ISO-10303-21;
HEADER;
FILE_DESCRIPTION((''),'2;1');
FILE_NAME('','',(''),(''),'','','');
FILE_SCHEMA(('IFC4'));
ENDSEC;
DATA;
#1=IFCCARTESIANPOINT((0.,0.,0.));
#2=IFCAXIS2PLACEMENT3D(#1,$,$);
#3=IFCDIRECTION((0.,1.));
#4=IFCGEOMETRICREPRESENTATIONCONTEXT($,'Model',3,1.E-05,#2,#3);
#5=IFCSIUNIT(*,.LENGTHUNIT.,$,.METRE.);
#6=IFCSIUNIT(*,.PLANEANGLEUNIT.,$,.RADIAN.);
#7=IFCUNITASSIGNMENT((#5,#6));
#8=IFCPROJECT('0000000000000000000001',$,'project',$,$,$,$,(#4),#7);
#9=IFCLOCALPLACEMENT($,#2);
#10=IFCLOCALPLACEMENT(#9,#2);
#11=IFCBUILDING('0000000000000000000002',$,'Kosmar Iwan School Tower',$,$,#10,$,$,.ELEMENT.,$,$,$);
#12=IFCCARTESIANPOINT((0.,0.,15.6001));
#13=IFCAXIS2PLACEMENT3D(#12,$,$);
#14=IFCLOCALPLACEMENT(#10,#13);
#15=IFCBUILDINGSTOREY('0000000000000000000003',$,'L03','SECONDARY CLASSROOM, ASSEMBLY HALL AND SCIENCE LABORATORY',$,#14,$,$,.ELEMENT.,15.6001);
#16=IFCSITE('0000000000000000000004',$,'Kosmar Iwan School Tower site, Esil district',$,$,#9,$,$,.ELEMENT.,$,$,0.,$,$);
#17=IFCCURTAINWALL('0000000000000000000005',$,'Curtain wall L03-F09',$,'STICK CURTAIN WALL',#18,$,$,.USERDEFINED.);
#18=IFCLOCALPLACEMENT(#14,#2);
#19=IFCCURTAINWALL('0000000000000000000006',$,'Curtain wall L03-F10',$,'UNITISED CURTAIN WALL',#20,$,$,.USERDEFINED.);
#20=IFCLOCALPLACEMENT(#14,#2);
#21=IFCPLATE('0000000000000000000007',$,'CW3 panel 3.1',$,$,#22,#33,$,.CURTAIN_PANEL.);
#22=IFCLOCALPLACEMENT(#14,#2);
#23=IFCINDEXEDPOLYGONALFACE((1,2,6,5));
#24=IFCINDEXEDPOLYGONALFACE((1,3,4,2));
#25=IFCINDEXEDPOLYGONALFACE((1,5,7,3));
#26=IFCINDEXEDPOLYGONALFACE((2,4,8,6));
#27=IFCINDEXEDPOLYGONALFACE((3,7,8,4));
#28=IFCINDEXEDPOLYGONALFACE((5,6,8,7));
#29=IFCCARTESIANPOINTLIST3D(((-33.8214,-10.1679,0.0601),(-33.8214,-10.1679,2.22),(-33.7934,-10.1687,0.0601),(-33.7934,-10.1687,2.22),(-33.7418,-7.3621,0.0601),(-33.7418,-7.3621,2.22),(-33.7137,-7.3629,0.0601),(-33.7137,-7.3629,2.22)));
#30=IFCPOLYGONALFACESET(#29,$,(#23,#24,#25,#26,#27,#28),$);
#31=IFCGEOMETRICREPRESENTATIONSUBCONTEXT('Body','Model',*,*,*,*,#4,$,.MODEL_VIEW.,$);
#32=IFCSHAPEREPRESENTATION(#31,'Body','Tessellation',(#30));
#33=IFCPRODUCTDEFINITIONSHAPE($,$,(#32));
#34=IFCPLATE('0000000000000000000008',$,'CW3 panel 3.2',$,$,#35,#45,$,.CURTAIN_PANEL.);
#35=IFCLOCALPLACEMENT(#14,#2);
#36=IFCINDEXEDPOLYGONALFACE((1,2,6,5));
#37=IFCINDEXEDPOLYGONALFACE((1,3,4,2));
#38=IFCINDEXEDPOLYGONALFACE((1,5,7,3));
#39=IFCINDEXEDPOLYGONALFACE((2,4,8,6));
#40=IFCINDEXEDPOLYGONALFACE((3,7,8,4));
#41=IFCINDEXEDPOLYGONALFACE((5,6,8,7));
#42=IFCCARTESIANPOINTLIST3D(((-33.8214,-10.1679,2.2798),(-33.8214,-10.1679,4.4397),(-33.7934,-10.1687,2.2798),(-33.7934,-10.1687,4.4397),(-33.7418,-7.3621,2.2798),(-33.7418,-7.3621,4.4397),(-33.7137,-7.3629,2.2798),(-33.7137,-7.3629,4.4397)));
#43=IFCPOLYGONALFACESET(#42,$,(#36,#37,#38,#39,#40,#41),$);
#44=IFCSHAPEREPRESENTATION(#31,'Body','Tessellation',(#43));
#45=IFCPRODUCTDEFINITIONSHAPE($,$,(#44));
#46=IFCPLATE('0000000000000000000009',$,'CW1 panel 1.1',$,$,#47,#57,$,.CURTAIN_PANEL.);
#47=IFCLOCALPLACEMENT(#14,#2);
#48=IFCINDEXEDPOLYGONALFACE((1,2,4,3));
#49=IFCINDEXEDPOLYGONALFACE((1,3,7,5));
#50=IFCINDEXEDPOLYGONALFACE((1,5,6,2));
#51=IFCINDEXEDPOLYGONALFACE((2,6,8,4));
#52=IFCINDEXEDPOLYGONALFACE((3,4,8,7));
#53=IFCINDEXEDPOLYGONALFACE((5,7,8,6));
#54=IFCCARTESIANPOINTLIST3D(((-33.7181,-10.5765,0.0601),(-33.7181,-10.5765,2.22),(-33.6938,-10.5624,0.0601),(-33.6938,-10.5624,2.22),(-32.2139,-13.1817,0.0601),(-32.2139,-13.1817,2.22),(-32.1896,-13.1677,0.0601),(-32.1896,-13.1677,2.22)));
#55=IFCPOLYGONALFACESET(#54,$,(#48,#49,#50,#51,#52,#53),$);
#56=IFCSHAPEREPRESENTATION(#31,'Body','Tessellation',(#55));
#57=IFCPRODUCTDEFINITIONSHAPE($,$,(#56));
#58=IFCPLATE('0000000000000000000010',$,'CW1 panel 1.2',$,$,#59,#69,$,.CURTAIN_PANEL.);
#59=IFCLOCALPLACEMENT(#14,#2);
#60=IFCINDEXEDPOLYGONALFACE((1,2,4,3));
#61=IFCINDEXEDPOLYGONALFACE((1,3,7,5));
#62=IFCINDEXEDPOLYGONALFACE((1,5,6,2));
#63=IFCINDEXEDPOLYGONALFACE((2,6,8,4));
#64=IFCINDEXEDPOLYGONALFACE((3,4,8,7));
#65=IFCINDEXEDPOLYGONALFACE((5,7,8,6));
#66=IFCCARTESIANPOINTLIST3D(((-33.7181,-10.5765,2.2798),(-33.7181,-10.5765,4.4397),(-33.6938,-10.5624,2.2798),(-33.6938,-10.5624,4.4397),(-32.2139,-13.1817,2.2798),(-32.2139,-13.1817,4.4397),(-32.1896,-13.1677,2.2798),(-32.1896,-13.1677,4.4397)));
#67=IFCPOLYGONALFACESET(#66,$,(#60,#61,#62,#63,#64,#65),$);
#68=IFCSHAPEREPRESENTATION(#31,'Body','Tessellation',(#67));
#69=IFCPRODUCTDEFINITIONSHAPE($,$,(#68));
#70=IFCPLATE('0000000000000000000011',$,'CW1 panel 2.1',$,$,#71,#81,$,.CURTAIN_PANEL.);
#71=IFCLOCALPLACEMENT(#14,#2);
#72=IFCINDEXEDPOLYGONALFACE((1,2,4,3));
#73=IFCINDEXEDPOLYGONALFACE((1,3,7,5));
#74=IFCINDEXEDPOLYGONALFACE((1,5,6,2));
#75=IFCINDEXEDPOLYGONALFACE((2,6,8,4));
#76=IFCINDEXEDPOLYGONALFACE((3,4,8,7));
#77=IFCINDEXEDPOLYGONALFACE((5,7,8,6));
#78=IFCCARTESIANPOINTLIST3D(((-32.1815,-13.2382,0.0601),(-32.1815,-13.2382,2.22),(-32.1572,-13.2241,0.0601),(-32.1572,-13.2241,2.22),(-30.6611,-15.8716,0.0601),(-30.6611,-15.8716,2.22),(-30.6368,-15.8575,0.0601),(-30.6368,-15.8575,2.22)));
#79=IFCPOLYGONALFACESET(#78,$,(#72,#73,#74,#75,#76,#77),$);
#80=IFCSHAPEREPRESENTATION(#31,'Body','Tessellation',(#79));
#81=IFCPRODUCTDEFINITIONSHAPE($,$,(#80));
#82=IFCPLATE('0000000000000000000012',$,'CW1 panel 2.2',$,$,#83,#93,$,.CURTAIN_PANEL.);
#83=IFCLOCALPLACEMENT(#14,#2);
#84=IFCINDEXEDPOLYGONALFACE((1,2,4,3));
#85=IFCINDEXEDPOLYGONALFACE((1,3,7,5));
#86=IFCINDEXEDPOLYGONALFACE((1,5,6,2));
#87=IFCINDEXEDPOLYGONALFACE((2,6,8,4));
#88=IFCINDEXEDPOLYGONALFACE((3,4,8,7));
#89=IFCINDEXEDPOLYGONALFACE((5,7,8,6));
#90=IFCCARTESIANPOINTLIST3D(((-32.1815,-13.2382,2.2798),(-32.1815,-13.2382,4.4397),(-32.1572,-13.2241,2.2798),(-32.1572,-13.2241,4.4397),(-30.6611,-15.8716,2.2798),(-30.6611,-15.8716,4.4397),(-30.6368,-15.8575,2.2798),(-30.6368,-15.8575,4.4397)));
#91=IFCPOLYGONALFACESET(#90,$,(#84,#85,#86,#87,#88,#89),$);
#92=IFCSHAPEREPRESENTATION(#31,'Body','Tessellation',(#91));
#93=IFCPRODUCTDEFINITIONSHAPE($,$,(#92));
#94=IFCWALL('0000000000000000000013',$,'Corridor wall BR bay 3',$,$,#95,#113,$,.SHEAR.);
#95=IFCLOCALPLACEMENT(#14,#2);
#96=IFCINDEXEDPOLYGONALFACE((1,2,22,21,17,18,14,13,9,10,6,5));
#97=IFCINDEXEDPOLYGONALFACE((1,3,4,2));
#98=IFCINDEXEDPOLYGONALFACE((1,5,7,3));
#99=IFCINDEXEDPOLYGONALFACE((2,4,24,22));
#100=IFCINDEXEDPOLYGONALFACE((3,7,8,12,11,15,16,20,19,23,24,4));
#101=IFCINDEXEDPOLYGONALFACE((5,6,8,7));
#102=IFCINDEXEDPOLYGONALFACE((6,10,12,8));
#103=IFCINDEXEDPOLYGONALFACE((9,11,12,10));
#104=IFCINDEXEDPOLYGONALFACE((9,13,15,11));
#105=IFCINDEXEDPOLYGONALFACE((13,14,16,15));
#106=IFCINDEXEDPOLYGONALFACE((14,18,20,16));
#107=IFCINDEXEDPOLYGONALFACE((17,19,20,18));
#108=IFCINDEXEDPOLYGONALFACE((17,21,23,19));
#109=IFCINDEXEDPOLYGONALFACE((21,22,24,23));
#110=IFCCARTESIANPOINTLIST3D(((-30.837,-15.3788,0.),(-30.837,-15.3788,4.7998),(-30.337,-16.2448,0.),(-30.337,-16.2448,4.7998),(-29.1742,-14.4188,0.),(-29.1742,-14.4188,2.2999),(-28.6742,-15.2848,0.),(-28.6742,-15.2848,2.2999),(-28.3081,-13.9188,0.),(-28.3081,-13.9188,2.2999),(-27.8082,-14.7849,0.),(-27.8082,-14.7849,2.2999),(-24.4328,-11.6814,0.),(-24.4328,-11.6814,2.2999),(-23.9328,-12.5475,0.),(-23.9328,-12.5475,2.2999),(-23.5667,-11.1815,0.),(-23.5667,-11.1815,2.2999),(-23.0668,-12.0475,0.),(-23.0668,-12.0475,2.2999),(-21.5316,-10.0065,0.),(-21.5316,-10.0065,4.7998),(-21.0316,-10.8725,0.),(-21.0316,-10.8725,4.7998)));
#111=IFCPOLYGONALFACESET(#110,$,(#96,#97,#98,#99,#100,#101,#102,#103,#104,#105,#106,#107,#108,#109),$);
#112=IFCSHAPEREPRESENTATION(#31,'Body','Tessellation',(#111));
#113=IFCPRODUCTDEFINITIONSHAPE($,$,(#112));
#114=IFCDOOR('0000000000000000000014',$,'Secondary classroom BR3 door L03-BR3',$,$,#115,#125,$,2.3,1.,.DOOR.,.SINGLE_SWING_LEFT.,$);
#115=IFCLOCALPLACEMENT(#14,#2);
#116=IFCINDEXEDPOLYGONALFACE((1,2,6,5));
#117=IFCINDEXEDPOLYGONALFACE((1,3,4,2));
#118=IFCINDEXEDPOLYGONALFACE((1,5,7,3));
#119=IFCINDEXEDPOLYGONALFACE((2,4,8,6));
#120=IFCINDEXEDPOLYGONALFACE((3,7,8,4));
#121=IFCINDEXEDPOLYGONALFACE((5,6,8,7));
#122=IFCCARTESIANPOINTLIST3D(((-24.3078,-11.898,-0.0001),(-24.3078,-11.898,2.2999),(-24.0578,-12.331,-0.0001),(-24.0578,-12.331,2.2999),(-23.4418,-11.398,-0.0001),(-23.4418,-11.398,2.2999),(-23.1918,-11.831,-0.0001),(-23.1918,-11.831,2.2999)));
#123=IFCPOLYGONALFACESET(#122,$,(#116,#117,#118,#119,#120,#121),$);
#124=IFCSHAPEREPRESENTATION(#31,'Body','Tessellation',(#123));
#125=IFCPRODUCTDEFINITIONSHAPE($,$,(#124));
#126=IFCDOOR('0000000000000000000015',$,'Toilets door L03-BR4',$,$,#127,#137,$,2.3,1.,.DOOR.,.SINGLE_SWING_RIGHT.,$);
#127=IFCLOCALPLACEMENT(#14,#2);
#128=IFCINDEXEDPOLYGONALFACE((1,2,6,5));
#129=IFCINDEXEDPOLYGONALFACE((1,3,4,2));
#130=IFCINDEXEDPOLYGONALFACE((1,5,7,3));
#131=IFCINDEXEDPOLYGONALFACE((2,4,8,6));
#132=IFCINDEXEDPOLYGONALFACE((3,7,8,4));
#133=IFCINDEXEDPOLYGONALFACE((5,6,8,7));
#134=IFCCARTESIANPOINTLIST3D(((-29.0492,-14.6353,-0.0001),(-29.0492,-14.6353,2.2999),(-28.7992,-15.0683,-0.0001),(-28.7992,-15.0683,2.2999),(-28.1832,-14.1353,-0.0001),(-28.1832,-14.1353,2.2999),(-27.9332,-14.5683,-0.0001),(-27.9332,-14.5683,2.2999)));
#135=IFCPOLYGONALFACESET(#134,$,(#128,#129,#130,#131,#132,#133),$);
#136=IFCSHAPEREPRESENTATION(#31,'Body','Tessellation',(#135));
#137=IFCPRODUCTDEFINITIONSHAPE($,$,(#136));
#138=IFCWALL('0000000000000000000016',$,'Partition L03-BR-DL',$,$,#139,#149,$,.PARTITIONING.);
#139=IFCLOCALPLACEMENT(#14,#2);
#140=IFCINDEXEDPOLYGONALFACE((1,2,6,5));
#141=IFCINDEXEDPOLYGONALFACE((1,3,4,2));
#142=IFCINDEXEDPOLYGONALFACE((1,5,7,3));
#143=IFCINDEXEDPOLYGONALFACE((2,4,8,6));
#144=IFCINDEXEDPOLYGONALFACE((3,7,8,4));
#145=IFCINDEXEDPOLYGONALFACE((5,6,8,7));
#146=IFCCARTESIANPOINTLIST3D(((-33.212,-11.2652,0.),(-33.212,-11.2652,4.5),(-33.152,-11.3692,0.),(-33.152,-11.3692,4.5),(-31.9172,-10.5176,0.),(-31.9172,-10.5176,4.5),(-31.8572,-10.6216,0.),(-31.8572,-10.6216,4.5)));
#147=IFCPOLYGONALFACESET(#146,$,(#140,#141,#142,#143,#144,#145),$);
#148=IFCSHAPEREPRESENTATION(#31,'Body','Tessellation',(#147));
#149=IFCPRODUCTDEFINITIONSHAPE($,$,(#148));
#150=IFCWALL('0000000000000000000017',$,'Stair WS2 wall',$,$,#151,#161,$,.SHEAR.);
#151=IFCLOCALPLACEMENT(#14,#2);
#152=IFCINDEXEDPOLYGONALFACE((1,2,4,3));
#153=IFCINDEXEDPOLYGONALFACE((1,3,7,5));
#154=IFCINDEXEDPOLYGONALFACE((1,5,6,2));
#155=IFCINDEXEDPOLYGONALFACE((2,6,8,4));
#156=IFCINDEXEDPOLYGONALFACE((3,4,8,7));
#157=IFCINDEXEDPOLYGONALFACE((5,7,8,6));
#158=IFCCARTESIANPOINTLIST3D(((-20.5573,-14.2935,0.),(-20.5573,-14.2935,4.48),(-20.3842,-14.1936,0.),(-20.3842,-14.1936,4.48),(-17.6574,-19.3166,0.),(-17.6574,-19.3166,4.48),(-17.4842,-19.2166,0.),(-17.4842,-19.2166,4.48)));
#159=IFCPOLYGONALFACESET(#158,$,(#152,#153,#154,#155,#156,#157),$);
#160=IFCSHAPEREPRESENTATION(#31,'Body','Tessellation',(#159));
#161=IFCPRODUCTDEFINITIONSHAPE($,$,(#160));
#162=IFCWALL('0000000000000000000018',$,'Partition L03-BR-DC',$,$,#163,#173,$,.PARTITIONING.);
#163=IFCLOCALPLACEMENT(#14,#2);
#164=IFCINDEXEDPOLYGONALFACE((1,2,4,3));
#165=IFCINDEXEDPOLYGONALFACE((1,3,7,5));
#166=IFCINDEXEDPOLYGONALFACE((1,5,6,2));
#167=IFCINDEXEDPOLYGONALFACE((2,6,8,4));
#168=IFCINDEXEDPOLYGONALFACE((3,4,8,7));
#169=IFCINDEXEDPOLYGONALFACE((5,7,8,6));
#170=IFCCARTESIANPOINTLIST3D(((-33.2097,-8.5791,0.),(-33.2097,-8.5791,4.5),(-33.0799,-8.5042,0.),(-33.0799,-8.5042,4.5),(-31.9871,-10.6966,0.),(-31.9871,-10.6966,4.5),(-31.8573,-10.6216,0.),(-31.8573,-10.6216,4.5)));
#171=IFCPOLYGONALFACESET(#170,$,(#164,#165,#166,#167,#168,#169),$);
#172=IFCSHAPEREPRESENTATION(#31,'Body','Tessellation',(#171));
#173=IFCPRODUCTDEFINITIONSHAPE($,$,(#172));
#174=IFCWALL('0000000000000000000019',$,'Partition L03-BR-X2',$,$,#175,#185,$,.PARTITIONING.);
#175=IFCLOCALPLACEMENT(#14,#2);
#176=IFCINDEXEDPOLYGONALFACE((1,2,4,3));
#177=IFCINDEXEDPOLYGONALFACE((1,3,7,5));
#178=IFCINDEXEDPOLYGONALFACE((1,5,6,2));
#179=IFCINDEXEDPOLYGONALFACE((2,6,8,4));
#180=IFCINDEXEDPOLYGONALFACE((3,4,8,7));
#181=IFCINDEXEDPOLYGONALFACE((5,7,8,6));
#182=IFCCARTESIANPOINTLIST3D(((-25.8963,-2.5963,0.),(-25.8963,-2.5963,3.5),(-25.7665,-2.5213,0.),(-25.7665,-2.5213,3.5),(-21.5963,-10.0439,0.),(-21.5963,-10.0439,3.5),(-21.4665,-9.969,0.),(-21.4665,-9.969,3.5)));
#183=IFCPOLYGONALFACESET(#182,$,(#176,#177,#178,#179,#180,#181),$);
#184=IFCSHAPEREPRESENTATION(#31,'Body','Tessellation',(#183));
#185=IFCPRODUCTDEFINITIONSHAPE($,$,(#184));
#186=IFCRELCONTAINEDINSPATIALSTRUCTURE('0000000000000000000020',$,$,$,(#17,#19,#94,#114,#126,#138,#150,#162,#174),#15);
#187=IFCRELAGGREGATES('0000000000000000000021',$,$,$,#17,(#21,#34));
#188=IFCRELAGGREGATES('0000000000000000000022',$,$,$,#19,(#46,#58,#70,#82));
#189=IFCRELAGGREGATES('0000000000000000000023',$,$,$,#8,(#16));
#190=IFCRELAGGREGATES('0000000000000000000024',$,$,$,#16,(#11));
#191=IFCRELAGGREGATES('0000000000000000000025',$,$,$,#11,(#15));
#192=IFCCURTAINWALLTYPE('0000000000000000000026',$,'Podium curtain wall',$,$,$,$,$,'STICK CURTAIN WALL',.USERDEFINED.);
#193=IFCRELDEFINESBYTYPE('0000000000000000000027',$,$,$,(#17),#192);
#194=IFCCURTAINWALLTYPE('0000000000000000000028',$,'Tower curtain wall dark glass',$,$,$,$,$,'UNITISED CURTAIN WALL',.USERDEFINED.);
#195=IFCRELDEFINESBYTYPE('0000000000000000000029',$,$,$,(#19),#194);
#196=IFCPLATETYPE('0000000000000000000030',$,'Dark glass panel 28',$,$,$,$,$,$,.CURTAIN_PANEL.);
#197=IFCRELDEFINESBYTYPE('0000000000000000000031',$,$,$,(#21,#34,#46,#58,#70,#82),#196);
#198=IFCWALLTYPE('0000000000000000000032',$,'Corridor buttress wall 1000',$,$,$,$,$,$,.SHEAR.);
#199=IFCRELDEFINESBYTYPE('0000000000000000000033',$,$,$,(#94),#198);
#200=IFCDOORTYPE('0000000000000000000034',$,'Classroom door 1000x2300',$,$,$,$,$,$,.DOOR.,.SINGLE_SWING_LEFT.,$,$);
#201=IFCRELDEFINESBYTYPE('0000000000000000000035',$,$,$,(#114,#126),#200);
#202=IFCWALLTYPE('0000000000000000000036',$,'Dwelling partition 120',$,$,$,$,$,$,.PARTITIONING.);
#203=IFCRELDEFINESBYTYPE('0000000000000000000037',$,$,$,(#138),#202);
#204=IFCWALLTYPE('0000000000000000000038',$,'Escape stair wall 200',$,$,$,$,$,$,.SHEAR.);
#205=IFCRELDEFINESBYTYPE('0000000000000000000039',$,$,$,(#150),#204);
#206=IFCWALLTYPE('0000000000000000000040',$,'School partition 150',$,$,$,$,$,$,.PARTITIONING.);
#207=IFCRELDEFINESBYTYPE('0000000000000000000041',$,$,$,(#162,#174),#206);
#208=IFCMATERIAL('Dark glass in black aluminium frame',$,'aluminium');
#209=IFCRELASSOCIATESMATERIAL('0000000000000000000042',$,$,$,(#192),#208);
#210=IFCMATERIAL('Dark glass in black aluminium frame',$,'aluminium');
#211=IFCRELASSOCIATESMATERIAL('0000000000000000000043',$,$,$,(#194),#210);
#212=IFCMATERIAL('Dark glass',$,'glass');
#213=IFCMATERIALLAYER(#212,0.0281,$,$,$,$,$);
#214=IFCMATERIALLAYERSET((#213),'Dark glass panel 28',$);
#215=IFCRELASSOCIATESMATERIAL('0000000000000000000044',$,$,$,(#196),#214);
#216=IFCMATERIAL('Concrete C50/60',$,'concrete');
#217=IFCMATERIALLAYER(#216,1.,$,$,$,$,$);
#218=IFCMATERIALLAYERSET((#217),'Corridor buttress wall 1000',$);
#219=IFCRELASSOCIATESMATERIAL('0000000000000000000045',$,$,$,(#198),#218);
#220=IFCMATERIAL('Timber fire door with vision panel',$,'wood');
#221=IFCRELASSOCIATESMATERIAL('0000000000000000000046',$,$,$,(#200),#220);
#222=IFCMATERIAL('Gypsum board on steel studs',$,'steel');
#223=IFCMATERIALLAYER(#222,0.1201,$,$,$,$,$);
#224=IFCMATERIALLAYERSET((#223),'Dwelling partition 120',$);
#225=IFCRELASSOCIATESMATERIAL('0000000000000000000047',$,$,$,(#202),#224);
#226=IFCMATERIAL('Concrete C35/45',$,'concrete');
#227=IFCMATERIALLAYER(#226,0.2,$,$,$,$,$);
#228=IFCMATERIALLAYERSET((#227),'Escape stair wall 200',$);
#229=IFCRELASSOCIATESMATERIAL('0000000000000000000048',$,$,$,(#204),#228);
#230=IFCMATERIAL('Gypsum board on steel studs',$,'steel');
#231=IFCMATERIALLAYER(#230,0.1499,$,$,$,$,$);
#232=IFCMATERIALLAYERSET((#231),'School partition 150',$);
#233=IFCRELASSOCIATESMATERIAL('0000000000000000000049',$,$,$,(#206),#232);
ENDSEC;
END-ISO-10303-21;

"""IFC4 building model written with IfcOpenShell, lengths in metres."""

from ifc_helpers import new_model, si_unit, direction, frame, frame_2d, origin, origin_2d, place, context, subcontext, project, spatial, rectangle, extrude, material, layer, layer_set, type_object, element, fill, aggregate, save


model = new_model("IFC4")

# Units and contexts
model_context = context("Model", 3, precision=1e-05, world=origin(), true_north=direction((0.0, 1.0)))
body_context = subcontext(model_context, "Body", "Model", "MODEL_VIEW")
ifc_project = project(units=[si_unit("LENGTHUNIT", "METRE"), si_unit("PLANEANGLEUNIT", "RADIAN")], contexts=[model_context])

# Site, building, storey
site_placement = place(None, origin())
site = spatial("IfcSite", under=ifc_project, at=site_placement, Name="Kosmar Iwan School Tower site, Esil district", CompositionType="ELEMENT", RefElevation=0.0)
building_placement = place(site_placement, origin())
building = spatial("IfcBuilding", under=site, at=building_placement, Name="Kosmar Iwan School Tower", CompositionType="ELEMENT")
storey_placement = place(building_placement, frame((0.0, 0.0, 15.6001)))
storey = spatial("IfcBuildingStorey", under=building, at=storey_placement, Name="L03", Description="SECONDARY CLASSROOM, ASSEMBLY HALL AND SCIENCE LABORATORY", CompositionType="ELEMENT", Elevation=15.6001)

# Curtain wall
ifc_material_1 = material(Name="Dark glass in black aluminium frame", Category="aluminium")
curtain_wall_type_1 = type_object("IfcCurtainWallType", Name="Podium curtain wall", ElementType="STICK CURTAIN WALL", PredefinedType="USERDEFINED", material=ifc_material_1)
curtain_wall_1_placement = place(storey_placement, origin())
curtain_wall_1 = element("IfcCurtainWall", 1, at=curtain_wall_1_placement, inside=storey, type_object=curtain_wall_type_1, Name="Curtain wall L03-F09", ObjectType="STICK CURTAIN WALL", PredefinedType="USERDEFINED")

# Curtain wall
ifc_material_2 = material(Name="Dark glass in black aluminium frame", Category="aluminium")
curtain_wall_type_2 = type_object("IfcCurtainWallType", Name="Tower curtain wall dark glass", ElementType="UNITISED CURTAIN WALL", PredefinedType="USERDEFINED", material=ifc_material_2)
curtain_wall_2_placement = place(storey_placement, origin())
curtain_wall_2 = element("IfcCurtainWall", 2, at=curtain_wall_2_placement, inside=storey, type_object=curtain_wall_type_2, Name="Curtain wall L03-F10", ObjectType="UNITISED CURTAIN WALL", PredefinedType="USERDEFINED")

# Plates
ifc_material_3 = material(Name="Dark glass", Category="glass")
ifc_layer_1 = layer(ifc_material_3, 0.0281)
ifc_layer_set_1 = layer_set([ifc_layer_1], Name="Dark glass panel 28")
plate_type = type_object("IfcPlateType", Name="Dark glass panel 28", PredefinedType="CURTAIN_PANEL", material=ifc_layer_set_1)
plate_1_placement = place(storey_placement, frame((-33.7676, -8.7654, 0.0601), z_axis=(0.0, 0.0, 1.0), x_axis=(-0.028386, -0.999597, 0.0)))
plate_1 = element("IfcPlate", 3, at=plate_1_placement, type_object=plate_type, Name="CW3 panel 3.1", PredefinedType="CURTAIN_PANEL", context=body_context, shape_type="SweptSolid", body=[
    extrude(rectangle(XDim=2.8069, YDim=0.0281, at=origin_2d()), origin(), (0.0, 0.0, 1.0), 2.1599),
])
plate_2_placement = place(storey_placement, frame((-33.7676, -8.7654, 2.2798), z_axis=(0.0, 0.0, 1.0), x_axis=(-0.028386, -0.999597, 0.0)))
plate_2 = element("IfcPlate", 4, at=plate_2_placement, type_object=plate_type, Name="CW3 panel 3.2", PredefinedType="CURTAIN_PANEL", context=body_context, shape_type="SweptSolid", body=[
    extrude(rectangle(XDim=2.8069, YDim=0.0281, at=origin_2d()), origin(), (0.0, 0.0, 1.0), 2.1599),
])
aggregate(curtain_wall_1, [plate_1, plate_2])
plate_3_placement = place(storey_placement, frame((-32.9539, -11.8721, 0.0601), z_axis=(0.0, 0.0, 1.0), x_axis=(0.5, -0.866025, 0.0)))
plate_3 = element("IfcPlate", 5, at=plate_3_placement, type_object=plate_type, Name="CW1 panel 1.1", PredefinedType="CURTAIN_PANEL", context=body_context, shape_type="SweptSolid", body=[
    extrude(rectangle(XDim=3.0083, YDim=0.0281, at=origin_2d()), origin(), (0.0, 0.0, 1.0), 2.1599),
])
plate_4_placement = place(storey_placement, frame((-32.9539, -11.8721, 2.2798), z_axis=(0.0, 0.0, 1.0), x_axis=(0.5, -0.866025, 0.0)))
plate_4 = element("IfcPlate", 6, at=plate_4_placement, type_object=plate_type, Name="CW1 panel 1.2", PredefinedType="CURTAIN_PANEL", context=body_context, shape_type="SweptSolid", body=[
    extrude(rectangle(XDim=3.0083, YDim=0.0281, at=origin_2d()), origin(), (0.0, 0.0, 1.0), 2.1599),
])
plate_5_placement = place(storey_placement, frame((-31.4092, -14.5479, 0.0601), z_axis=(0.0, 0.0, 1.0), x_axis=(0.5, -0.866025, 0.0)))
plate_5 = element("IfcPlate", 7, at=plate_5_placement, type_object=plate_type, Name="CW1 panel 2.1", PredefinedType="CURTAIN_PANEL", context=body_context, shape_type="SweptSolid", body=[
    extrude(rectangle(XDim=3.0408, YDim=0.0281, at=origin_2d()), origin(), (0.0, 0.0, 1.0), 2.1599),
])
plate_6_placement = place(storey_placement, frame((-31.4092, -14.5479, 2.2798), z_axis=(0.0, 0.0, 1.0), x_axis=(0.5, -0.866025, 0.0)))
plate_6 = element("IfcPlate", 8, at=plate_6_placement, type_object=plate_type, Name="CW1 panel 2.2", PredefinedType="CURTAIN_PANEL", context=body_context, shape_type="SweptSolid", body=[
    extrude(rectangle(XDim=3.0408, YDim=0.0281, at=origin_2d()), origin(), (0.0, 0.0, 1.0), 2.1599),
])
aggregate(curtain_wall_2, [plate_3, plate_4, plate_5, plate_6])

# Wall, openings, doors
ifc_material_4 = material(Name="Concrete C50/60", Category="concrete")
ifc_layer_2 = layer(ifc_material_4, 1.0)
ifc_layer_set_2 = layer_set([ifc_layer_2], Name="Corridor buttress wall 1000")
wall_type_1 = type_object("IfcWallType", Name="Corridor buttress wall 1000", PredefinedType="SHEAR", material=ifc_layer_set_2)
wall_1_placement = place(storey_placement, frame((-21.2815, -10.4395, 0.0), z_axis=(0.0, 0.0, 1.0), x_axis=(-0.866032, -0.499988, 0.0)))
wall_1 = element("IfcWall", 9, at=wall_1_placement, inside=storey, type_object=wall_type_1, Name="Corridor wall BR bay 3", PredefinedType="SHEAR", context=body_context, shape_type="SweptSolid", body=[
    extrude(rectangle(XDim=10.7449, YDim=1.0, at=frame_2d((5.3726, 0.0))), origin(), (0.0, 0.0, 1.0), 4.7998),
])
opening_1_placement = place(wall_1_placement, frame((2.3501, 0.0, 0.0)))
opening_1 = element("IfcOpeningElement", 10, at=opening_1_placement, cuts=wall_1, PredefinedType="OPENING", context=body_context, shape_type="SweptSolid", body=[
    extrude(rectangle(XDim=1.0, YDim=2.3, at=frame_2d((0.5, 1.1499))), frame((0.0, 0.512, 0.0), z_axis=(0.0, -1.0, 0.0), x_axis=(1.0, 0.0, 0.0)), (0.0, 0.0, 1.0), 1.0239),
])
opening_2_placement = place(wall_1_placement, frame((7.825, 0.0, 0.0)))
opening_2 = element("IfcOpeningElement", 11, at=opening_2_placement, cuts=wall_1, PredefinedType="OPENING", context=body_context, shape_type="SweptSolid", body=[
    extrude(rectangle(XDim=1.0, YDim=2.3, at=frame_2d((0.5, 1.1499))), frame((0.0, 0.512, 0.0), z_axis=(0.0, -1.0, 0.0), x_axis=(1.0, 0.0, 0.0)), (0.0, 0.0, 1.0), 1.0239),
])
ifc_material_5 = material(Name="Timber fire door with vision panel", Category="wood")
door_type = type_object("IfcDoorType", Name="Classroom door 1000x2300", OperationType="SINGLE_SWING_LEFT", PredefinedType="DOOR", material=ifc_material_5)
door_1_placement = place(opening_1_placement, origin())
door_1 = element("IfcDoor", 12, at=door_1_placement, inside=storey, type_object=door_type, Name="Secondary classroom BR3 door L03-BR3", OperationType="SINGLE_SWING_LEFT", OverallHeight=2.3, OverallWidth=1.0, PredefinedType="DOOR", context=body_context, shape_type="SweptSolid", body=[
    extrude(rectangle(XDim=1.0, YDim=2.3, at=frame_2d((0.5, 1.1499))), frame((0.0, 0.25, 0.0), z_axis=(0.0, -1.0, 0.0), x_axis=(1.0, 0.0, 0.0)), (0.0, 0.0, 1.0), 0.5),
])
fill(opening_1, door_1)
door_2_placement = place(opening_2_placement, origin())
door_2 = element("IfcDoor", 13, at=door_2_placement, inside=storey, type_object=door_type, Name="Toilets door L03-BR4", OperationType="SINGLE_SWING_RIGHT", OverallHeight=2.3, OverallWidth=1.0, PredefinedType="DOOR", context=body_context, shape_type="SweptSolid", body=[
    extrude(rectangle(XDim=1.0, YDim=2.3, at=frame_2d((0.5, 1.1499))), frame((0.0, 0.25, 0.0), z_axis=(0.0, -1.0, 0.0), x_axis=(1.0, 0.0, 0.0)), (0.0, 0.0, 1.0), 0.5),
])
fill(opening_2, door_2)

# Walls
ifc_material_6 = material(Name="Gypsum board on steel studs", Category="steel")
ifc_layer_3 = layer(ifc_material_6, 0.1201)
ifc_layer_set_3 = layer_set([ifc_layer_3], Name="Dwelling partition 120")
wall_type_2 = type_object("IfcWallType", Name="Dwelling partition 120", PredefinedType="PARTITIONING", material=ifc_layer_set_3)
wall_2_placement = place(storey_placement, frame((-31.8872, -10.5696, 0.0), z_axis=(0.0, 0.0, 1.0), x_axis=(-0.866003, -0.500038, 0.0)))
element("IfcWall", 14, at=wall_2_placement, inside=storey, type_object=wall_type_2, Name="Partition L03-BR-DL", PredefinedType="PARTITIONING", context=body_context, shape_type="SweptSolid", body=[
    extrude(rectangle(XDim=1.4951, YDim=0.1201, at=frame_2d((0.7476, 0.0))), origin(), (0.0, 0.0, 1.0), 4.5),
])
ifc_material_7 = material(Name="Concrete C35/45", Category="concrete")
ifc_layer_4 = layer(ifc_material_7, 0.2)
ifc_layer_set_4 = layer_set([ifc_layer_4], Name="Escape stair wall 200")
wall_type_3 = type_object("IfcWallType", Name="Escape stair wall 200", PredefinedType="SHEAR", material=ifc_layer_set_4)
wall_3_placement = place(storey_placement, frame((-20.4707, -14.2437, 0.0), z_axis=(0.0, 0.0, 1.0), x_axis=(0.499987, -0.866033, 0.0)))
element("IfcWall", 15, at=wall_3_placement, inside=storey, type_object=wall_type_3, Name="Stair WS2 wall", PredefinedType="SHEAR", context=body_context, shape_type="SweptSolid", body=[
    extrude(rectangle(XDim=5.8, YDim=0.2, at=frame_2d((2.8999, 0.0))), origin(), (0.0, 0.0, 1.0), 4.48),
])
ifc_material_8 = material(Name="Gypsum board on steel studs", Category="steel")
ifc_layer_5 = layer(ifc_material_8, 0.1499)
ifc_layer_set_5 = layer_set([ifc_layer_5], Name="School partition 150")
wall_type_4 = type_object("IfcWallType", Name="School partition 150", PredefinedType="PARTITIONING", material=ifc_layer_set_5)
wall_4_placement = place(storey_placement, frame((-31.9221, -10.6592, 0.0), z_axis=(0.0, 0.0, 1.0), x_axis=(-0.500048, 0.865998, 0.0)))
element("IfcWall", 16, at=wall_4_placement, inside=storey, type_object=wall_type_4, Name="Partition L03-BR-DC", PredefinedType="PARTITIONING", context=body_context, shape_type="SweptSolid", body=[
    extrude(rectangle(XDim=2.4451, YDim=0.1499, at=frame_2d((1.2227, 0.0))), origin(), (0.0, 0.0, 1.0), 4.5),
])
wall_5_placement = place(storey_placement, frame((-21.5315, -10.0063, 0.0), z_axis=(0.0, 0.0, 1.0), x_axis=(-0.500008, 0.866021, 0.0)))
element("IfcWall", 17, at=wall_5_placement, inside=storey, type_object=wall_type_4, Name="Partition L03-BR-X2", PredefinedType="PARTITIONING", context=body_context, shape_type="SweptSolid", body=[
    extrude(rectangle(XDim=8.5999, YDim=0.1499, at=frame_2d((4.2998, 0.0))), origin(), (0.0, 0.0, 1.0), 3.5),
])

save(model, "model.ifc")
